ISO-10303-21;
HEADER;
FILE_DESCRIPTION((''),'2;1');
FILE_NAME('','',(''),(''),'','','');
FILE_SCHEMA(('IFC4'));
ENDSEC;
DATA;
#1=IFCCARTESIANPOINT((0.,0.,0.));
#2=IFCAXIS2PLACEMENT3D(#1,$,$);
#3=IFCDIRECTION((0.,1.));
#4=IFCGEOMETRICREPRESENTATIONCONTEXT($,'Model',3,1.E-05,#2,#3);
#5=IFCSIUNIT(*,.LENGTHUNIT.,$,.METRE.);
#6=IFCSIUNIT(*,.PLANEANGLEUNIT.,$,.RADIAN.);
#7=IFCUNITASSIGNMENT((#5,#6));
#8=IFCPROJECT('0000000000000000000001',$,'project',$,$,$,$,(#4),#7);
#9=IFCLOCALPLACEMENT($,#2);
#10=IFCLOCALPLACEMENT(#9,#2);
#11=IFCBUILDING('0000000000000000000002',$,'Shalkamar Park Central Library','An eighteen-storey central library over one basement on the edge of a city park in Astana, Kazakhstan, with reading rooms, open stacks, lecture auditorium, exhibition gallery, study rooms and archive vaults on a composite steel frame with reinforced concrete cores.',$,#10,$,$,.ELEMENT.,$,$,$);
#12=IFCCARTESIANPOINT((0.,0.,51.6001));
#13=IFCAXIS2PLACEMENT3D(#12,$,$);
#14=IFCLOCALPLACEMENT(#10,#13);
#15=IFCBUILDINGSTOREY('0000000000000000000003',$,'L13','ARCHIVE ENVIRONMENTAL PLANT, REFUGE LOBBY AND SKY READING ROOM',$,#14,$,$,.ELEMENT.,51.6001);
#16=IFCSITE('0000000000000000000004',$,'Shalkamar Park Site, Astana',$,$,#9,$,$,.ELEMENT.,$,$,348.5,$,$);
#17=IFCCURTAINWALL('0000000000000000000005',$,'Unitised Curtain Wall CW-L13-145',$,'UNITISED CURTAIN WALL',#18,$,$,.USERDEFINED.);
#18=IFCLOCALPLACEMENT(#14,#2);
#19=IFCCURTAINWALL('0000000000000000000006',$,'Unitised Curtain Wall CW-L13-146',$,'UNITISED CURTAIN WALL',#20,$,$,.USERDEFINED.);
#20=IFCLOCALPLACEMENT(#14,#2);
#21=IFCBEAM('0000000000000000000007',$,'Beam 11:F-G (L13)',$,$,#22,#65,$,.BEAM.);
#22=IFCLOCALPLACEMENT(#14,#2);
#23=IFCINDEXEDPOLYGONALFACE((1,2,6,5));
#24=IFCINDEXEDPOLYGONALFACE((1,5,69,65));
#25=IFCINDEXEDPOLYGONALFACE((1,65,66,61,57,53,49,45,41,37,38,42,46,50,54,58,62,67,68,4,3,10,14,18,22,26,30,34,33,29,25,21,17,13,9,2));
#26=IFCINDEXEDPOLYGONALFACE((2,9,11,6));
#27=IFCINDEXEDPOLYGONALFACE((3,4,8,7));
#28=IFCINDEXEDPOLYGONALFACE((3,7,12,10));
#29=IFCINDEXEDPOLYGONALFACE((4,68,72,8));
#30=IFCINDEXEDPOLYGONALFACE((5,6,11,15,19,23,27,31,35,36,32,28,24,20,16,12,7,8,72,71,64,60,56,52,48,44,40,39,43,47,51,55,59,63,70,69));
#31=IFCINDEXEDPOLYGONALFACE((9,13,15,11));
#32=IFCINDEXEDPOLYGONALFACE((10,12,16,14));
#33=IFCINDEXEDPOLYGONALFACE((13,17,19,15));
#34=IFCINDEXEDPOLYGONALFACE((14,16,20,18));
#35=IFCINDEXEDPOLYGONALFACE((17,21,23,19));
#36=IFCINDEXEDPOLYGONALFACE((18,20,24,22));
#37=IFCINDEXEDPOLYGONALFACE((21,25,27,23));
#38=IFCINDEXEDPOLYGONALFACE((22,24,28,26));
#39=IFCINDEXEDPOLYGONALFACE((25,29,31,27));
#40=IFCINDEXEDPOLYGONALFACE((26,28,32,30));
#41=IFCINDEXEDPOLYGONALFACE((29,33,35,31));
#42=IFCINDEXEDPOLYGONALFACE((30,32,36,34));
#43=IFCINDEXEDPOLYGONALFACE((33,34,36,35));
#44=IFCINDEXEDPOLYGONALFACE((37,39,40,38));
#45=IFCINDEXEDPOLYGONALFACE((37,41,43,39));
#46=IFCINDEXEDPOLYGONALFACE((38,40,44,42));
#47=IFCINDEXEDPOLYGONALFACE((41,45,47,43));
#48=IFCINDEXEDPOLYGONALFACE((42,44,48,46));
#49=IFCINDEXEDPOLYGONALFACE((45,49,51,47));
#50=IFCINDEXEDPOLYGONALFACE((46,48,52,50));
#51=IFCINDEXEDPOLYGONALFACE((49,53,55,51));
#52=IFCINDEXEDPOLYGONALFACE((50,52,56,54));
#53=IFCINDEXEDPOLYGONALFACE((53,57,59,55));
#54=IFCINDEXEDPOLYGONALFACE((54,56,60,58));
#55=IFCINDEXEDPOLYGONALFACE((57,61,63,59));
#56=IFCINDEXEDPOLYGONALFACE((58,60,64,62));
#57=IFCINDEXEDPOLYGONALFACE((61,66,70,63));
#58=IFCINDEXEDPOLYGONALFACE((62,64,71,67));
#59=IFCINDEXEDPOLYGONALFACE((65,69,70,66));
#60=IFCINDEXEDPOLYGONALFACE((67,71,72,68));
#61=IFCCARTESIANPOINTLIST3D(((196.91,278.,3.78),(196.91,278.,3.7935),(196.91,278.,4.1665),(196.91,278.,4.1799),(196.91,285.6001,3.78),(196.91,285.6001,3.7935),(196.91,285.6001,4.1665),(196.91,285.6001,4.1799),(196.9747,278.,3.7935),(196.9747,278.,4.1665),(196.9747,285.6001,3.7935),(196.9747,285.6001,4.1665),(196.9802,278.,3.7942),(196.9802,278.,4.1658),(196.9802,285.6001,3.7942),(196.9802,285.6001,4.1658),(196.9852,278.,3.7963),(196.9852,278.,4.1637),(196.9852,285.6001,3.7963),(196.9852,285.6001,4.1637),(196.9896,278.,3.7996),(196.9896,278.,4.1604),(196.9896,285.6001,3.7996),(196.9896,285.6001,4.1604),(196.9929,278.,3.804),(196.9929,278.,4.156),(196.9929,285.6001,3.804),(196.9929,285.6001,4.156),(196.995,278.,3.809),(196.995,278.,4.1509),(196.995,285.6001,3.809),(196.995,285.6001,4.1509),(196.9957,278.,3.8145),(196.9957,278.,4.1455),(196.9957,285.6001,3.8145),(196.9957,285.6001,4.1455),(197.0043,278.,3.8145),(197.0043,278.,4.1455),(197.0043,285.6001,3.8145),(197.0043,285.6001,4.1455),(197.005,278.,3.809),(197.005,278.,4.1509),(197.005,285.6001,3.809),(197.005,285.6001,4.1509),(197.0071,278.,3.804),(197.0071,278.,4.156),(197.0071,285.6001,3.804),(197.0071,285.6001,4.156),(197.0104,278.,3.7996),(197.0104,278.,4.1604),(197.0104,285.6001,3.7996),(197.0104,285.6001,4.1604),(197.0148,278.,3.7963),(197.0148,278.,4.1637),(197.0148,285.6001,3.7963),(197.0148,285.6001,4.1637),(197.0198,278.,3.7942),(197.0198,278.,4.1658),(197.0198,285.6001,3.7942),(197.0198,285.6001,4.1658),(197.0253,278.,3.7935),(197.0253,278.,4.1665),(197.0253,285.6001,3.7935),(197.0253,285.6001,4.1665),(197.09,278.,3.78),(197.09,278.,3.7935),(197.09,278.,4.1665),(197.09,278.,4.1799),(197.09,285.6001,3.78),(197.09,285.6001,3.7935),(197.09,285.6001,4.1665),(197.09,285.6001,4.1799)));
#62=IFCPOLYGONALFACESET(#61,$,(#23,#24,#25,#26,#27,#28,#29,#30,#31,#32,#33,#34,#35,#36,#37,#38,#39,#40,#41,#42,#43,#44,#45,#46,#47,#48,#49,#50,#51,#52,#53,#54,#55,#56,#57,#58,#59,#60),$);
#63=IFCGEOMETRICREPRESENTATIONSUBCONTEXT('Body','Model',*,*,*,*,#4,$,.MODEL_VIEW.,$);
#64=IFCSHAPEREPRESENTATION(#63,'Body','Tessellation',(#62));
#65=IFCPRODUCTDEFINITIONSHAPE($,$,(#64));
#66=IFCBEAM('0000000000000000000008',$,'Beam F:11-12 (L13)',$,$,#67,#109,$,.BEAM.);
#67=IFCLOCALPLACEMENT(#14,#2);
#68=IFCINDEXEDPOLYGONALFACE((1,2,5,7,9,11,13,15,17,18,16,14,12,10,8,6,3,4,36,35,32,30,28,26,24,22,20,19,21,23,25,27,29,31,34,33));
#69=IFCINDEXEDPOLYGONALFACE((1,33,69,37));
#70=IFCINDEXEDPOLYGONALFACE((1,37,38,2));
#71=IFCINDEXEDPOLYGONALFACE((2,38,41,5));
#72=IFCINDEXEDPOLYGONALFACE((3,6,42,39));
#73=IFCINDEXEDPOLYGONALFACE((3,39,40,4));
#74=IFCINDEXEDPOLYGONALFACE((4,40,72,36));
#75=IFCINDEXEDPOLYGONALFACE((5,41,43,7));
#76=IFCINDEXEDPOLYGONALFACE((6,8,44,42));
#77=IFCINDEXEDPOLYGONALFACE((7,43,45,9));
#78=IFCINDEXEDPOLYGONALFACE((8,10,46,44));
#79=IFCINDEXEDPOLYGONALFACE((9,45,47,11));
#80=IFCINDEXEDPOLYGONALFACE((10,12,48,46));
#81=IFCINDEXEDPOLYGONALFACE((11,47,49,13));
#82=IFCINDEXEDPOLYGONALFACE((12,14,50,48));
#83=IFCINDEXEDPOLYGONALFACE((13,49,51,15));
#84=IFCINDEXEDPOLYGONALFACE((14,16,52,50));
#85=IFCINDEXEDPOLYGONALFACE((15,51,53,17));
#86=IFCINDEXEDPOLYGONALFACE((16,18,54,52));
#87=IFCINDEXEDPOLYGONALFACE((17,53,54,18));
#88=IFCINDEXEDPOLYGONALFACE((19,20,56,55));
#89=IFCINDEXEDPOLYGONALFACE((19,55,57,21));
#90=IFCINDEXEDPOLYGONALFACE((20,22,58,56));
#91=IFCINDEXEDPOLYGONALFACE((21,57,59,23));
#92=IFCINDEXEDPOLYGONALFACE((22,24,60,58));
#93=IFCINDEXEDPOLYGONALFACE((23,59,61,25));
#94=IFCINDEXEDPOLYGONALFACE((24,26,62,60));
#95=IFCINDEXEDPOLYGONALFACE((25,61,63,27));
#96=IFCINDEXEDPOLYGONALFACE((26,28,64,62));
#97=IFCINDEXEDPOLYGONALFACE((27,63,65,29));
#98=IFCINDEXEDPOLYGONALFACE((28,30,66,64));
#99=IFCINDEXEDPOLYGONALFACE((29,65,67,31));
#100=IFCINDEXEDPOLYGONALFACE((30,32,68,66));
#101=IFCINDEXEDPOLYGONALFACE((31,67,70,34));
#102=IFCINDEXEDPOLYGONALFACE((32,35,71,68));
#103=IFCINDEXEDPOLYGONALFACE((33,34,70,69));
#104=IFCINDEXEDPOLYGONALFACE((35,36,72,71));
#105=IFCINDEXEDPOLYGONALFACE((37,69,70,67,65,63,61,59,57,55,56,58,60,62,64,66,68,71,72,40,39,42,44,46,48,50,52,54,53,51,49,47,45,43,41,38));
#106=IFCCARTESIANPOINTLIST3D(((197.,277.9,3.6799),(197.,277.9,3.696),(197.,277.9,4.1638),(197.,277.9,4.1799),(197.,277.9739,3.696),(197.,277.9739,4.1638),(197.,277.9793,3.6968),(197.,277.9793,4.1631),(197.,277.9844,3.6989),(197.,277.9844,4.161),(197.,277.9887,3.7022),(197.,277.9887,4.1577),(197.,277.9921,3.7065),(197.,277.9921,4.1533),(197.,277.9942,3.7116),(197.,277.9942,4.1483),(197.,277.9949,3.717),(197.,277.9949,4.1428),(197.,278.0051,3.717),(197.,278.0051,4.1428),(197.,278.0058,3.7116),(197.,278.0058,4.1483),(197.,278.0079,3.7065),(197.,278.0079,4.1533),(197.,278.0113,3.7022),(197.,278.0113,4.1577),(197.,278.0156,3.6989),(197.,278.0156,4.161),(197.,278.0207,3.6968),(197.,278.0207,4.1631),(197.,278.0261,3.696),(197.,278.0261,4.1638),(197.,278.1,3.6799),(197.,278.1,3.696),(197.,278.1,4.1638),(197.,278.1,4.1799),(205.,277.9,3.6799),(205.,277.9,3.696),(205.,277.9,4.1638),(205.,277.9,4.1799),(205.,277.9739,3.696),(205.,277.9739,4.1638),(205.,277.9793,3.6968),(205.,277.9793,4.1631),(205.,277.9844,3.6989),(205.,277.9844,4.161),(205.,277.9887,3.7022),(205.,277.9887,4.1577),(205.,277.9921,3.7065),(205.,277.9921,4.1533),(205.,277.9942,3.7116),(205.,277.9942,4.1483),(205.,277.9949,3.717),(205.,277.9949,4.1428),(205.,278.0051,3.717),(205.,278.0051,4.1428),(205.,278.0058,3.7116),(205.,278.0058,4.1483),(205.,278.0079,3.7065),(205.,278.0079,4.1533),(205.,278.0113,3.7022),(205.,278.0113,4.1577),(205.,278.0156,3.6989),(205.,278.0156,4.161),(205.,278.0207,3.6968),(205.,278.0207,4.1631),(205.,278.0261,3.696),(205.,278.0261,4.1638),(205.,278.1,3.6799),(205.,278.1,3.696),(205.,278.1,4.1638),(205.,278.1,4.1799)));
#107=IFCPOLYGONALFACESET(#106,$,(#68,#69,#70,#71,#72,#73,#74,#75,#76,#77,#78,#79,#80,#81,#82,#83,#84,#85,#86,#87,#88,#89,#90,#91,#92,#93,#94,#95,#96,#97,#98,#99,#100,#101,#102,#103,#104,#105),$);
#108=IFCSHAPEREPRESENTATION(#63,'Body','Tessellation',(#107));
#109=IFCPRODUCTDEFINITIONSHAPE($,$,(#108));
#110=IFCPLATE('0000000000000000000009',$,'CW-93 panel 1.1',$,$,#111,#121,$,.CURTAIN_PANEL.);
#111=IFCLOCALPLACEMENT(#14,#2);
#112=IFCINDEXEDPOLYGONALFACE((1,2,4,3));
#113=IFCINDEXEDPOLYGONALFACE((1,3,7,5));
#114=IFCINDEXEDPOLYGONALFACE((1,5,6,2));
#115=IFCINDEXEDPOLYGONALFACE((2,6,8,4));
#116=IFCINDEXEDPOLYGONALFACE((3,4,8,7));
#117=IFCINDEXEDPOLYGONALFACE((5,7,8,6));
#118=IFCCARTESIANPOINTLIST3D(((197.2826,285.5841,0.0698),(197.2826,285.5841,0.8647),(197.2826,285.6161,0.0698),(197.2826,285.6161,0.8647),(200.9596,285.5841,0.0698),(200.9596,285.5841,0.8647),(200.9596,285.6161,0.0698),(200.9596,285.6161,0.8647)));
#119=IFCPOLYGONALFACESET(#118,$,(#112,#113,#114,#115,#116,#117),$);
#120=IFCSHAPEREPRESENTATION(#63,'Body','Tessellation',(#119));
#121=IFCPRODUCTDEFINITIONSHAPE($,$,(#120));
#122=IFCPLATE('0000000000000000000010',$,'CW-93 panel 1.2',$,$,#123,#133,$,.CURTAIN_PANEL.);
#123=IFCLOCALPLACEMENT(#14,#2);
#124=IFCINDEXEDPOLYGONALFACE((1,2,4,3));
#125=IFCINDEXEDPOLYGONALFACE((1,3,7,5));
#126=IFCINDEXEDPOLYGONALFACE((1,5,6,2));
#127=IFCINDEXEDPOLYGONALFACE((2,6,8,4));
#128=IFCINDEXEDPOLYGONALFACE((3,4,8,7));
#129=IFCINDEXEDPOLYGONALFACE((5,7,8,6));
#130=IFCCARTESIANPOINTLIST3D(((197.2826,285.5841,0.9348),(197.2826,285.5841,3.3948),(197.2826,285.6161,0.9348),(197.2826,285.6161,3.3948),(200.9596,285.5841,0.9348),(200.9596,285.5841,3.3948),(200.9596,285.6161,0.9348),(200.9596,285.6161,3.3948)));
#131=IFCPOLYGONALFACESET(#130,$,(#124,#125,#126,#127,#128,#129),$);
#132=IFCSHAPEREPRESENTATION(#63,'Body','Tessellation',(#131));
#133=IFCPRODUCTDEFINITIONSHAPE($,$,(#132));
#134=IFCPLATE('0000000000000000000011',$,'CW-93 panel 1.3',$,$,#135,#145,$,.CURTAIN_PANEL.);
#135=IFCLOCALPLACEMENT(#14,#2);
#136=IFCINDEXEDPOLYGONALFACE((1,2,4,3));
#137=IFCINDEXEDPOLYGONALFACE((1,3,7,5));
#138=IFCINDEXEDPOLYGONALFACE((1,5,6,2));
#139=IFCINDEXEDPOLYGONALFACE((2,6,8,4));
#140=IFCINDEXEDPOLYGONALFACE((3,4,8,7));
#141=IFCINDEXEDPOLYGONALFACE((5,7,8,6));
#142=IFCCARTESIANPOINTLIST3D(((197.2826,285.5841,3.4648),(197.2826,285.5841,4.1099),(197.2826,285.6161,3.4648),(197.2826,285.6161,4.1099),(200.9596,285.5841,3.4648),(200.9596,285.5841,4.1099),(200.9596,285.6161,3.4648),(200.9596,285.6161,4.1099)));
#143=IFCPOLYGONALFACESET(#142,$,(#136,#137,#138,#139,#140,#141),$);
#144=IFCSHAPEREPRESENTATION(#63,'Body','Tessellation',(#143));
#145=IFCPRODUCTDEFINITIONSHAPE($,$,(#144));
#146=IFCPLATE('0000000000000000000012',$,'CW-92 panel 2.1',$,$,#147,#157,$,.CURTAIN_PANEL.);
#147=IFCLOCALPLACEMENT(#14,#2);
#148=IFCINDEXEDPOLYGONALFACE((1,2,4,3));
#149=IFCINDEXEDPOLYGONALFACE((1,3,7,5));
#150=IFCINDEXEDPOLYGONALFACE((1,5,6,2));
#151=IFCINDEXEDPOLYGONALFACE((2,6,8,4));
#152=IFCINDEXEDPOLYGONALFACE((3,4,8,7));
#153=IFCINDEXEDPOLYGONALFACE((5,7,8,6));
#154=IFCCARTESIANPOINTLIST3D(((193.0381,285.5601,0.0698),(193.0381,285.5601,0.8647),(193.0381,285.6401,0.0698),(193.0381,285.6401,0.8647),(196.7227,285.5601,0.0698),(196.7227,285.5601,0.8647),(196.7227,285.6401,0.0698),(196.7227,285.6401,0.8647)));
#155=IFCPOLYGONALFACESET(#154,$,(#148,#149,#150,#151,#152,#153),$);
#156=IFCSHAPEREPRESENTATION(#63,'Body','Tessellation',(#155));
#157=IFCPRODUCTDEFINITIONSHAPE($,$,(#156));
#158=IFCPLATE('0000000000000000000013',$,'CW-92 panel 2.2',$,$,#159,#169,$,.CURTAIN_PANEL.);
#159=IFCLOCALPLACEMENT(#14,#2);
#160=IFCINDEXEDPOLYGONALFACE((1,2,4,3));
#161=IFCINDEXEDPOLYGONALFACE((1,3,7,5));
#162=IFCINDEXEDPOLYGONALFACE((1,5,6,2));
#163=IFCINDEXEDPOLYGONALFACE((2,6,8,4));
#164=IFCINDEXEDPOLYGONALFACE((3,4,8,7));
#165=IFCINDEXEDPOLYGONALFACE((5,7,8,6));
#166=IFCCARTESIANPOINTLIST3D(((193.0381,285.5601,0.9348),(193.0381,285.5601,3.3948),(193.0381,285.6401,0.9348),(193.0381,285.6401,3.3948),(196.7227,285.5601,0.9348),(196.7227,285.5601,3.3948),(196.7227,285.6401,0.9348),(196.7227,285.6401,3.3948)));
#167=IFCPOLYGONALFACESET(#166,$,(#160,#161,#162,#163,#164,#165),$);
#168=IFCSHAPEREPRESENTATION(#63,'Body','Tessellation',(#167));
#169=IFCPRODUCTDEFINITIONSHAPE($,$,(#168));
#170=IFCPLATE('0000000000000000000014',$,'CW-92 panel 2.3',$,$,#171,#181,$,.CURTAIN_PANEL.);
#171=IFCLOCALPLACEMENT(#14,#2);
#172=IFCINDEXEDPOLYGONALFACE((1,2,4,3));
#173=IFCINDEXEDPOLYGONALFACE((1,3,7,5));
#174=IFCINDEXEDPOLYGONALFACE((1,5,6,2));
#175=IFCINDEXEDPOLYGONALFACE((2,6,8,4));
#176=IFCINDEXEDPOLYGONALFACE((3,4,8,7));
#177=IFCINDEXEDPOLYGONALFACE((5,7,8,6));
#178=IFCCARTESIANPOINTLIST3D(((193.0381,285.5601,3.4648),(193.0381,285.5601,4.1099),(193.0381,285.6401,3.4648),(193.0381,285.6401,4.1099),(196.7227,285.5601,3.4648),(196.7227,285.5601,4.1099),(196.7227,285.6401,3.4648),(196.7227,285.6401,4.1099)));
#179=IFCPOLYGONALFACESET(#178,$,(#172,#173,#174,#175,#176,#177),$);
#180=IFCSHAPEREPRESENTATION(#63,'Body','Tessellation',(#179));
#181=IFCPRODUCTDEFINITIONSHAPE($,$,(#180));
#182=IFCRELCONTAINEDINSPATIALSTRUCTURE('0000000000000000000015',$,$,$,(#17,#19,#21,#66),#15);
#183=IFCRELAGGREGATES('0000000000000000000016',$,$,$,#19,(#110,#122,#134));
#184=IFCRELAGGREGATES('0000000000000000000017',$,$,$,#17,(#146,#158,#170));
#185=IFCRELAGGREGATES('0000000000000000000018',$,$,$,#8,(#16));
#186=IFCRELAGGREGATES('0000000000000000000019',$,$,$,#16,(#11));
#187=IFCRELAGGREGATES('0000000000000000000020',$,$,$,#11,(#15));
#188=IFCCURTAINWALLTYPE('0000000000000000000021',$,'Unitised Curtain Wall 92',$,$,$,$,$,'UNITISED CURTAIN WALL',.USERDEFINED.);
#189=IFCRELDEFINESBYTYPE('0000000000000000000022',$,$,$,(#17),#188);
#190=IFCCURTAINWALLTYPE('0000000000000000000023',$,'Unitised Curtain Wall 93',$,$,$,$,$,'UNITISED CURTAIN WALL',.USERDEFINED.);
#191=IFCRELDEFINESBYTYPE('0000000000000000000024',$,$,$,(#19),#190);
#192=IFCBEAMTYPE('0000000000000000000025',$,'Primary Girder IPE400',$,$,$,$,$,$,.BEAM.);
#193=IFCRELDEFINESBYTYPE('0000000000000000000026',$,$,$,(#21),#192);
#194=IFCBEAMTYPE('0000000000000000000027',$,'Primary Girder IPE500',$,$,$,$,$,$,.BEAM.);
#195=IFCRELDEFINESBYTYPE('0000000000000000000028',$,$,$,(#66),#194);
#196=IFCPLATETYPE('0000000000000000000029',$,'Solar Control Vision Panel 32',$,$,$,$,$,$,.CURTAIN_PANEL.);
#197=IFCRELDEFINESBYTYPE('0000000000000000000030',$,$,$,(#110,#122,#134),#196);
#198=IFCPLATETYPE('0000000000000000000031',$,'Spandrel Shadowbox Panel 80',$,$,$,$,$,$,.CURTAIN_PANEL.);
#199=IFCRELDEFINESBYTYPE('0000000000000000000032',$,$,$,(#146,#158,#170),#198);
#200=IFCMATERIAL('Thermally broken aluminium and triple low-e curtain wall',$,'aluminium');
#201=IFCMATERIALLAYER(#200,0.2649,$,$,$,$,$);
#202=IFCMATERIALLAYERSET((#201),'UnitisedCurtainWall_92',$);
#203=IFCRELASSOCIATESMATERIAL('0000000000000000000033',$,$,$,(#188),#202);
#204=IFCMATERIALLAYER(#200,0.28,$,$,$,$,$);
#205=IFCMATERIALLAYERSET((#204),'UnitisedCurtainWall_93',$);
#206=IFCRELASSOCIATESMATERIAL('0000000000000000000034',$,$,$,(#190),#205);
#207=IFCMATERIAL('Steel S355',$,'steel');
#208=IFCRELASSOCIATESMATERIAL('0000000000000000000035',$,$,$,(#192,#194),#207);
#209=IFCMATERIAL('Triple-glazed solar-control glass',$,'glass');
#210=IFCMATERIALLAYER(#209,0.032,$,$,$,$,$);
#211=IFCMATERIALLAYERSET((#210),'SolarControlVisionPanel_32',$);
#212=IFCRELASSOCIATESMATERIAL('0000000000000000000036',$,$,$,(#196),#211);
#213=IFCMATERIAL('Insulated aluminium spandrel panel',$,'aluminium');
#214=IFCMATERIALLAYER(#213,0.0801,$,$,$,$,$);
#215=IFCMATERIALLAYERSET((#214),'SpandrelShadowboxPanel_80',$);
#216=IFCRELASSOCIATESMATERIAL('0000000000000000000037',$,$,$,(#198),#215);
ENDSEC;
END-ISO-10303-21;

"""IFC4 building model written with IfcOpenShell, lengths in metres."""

from ifc_helpers import new_model, si_unit, direction, frame, origin, origin_2d, place, context, subcontext, project, spatial, rectangle, i_section, extrude, material, layer, layer_set, material_profile, profile_set, type_object, element, aggregate, save


model = new_model("IFC4")

# Units and contexts
model_context = context("Model", 3, precision=1e-05, world=origin(), true_north=direction((0.0, 1.0)))
body_context = subcontext(model_context, "Body", "Model", "MODEL_VIEW")
ifc_project = project(units=[si_unit("LENGTHUNIT", "METRE"), si_unit("PLANEANGLEUNIT", "RADIAN")], contexts=[model_context])

# Site, building, storey
site_placement = place(None, origin())
site = spatial("IfcSite", under=ifc_project, at=site_placement, Name="Shalkamar Park Site, Astana", CompositionType="ELEMENT", RefElevation=348.5)
building_placement = place(site_placement, origin())
building = spatial("IfcBuilding", under=site, at=building_placement, Name="Shalkamar Park Central Library", Description="An eighteen-storey central library over one basement on the edge of a city park in Astana, Kazakhstan, with reading rooms, open stacks, lecture auditorium, exhibition gallery, study rooms and archive vaults on a composite steel frame with reinforced concrete cores.", CompositionType="ELEMENT")
storey_placement = place(building_placement, frame((0.0, 0.0, 51.6001)))
storey = spatial("IfcBuildingStorey", under=building, at=storey_placement, Name="L13", Description="ARCHIVE ENVIRONMENTAL PLANT, REFUGE LOBBY AND SKY READING ROOM", CompositionType="ELEMENT", Elevation=51.6001)

# Shared definitions
ifc_material_1 = material(Name="Steel S355", Category="steel")

# Curtain wall
ifc_material_2 = material(Name="Thermally broken aluminium and triple low-e curtain wall", Category="aluminium")
ifc_layer_1 = layer(ifc_material_2, 0.2649)
ifc_layer_set_1 = layer_set([ifc_layer_1], Name="UnitisedCurtainWall_92")
curtain_wall_type_1 = type_object("IfcCurtainWallType", Name="Unitised Curtain Wall 92", ElementType="UNITISED CURTAIN WALL", PredefinedType="USERDEFINED", material=ifc_layer_set_1)
curtain_wall_1_placement = place(storey_placement, origin())
curtain_wall_1 = element("IfcCurtainWall", 1, at=curtain_wall_1_placement, inside=storey, type_object=curtain_wall_type_1, Name="Unitised Curtain Wall CW-L13-145", ObjectType="UNITISED CURTAIN WALL", PredefinedType="USERDEFINED")

# Curtain wall
ifc_layer_2 = layer(ifc_material_2, 0.28)
ifc_layer_set_2 = layer_set([ifc_layer_2], Name="UnitisedCurtainWall_93")
curtain_wall_type_2 = type_object("IfcCurtainWallType", Name="Unitised Curtain Wall 93", ElementType="UNITISED CURTAIN WALL", PredefinedType="USERDEFINED", material=ifc_layer_set_2)
curtain_wall_2_placement = place(storey_placement, origin())
curtain_wall_2 = element("IfcCurtainWall", 2, at=curtain_wall_2_placement, inside=storey, type_object=curtain_wall_type_2, Name="Unitised Curtain Wall CW-L13-146", ObjectType="UNITISED CURTAIN WALL", PredefinedType="USERDEFINED")

# Beams
ifc_material_profile_1 = material_profile(ifc_material_1, i_section(OverallWidth=0.1799, OverallDepth=0.3999, WebThickness=0.0085, FlangeThickness=0.0134, FilletRadius=0.021, at=origin_2d()), Name="IPE 400")
ifc_profile_set_1 = profile_set([ifc_material_profile_1], Name="Steel S355")
beam_type_1 = type_object("IfcBeamType", Name="Primary Girder IPE400", PredefinedType="BEAM", material=ifc_profile_set_1)
beam_1_placement = place(storey_placement, frame((197.0, 278.0, 3.98), z_axis=(0.0, 1.0, 0.0), x_axis=(-1.0, 0.0, 0.0)))
element("IfcBeam", 3, at=beam_1_placement, inside=storey, type_object=beam_type_1, Name="Beam 11:F-G (L13)", PredefinedType="BEAM", context=body_context, shape_type="SweptSolid", body=[
    extrude(i_section(OverallWidth=0.1799, OverallDepth=0.3999, WebThickness=0.0085, FlangeThickness=0.0134, FilletRadius=0.021, at=origin_2d()), origin(), (0.0, 0.0, 1.0), 7.6001),
])
ifc_material_profile_2 = material_profile(ifc_material_1, i_section(OverallWidth=0.2, OverallDepth=0.5, WebThickness=0.0103, FlangeThickness=0.0161, FilletRadius=0.021, at=origin_2d()), Name="IPE 500")
ifc_profile_set_2 = profile_set([ifc_material_profile_2], Name="Steel S355")
beam_type_2 = type_object("IfcBeamType", Name="Primary Girder IPE500", PredefinedType="BEAM", material=ifc_profile_set_2)
beam_2_placement = place(storey_placement, frame((197.0, 278.0, 3.9299), z_axis=(1.0, 0.0, 0.0), x_axis=(0.0, 1.0, 0.0)))
element("IfcBeam", 4, at=beam_2_placement, inside=storey, type_object=beam_type_2, Name="Beam F:11-12 (L13)", PredefinedType="BEAM", context=body_context, shape_type="SweptSolid", body=[
    extrude(i_section(OverallWidth=0.2, OverallDepth=0.5, WebThickness=0.0103, FlangeThickness=0.0161, FilletRadius=0.021, at=origin_2d()), origin(), (0.0, 0.0, 1.0), 8.0),
])

# Plates
ifc_material_3 = material(Name="Triple-glazed solar-control glass", Category="glass")
ifc_layer_3 = layer(ifc_material_3, 0.032)
ifc_layer_set_3 = layer_set([ifc_layer_3], Name="SolarControlVisionPanel_32")
plate_type_1 = type_object("IfcPlateType", Name="Solar Control Vision Panel 32", PredefinedType="CURTAIN_PANEL", material=ifc_layer_set_3)
plate_1_placement = place(storey_placement, frame((199.1211, 285.6001, 0.0698), z_axis=(0.0, 0.0, 1.0), x_axis=(1.0, 0.0, 0.0)))
plate_1 = element("IfcPlate", 5, at=plate_1_placement, type_object=plate_type_1, Name="CW-93 panel 1.1", PredefinedType="CURTAIN_PANEL", context=body_context, shape_type="SweptSolid", body=[
    extrude(rectangle(XDim=3.677, YDim=0.032, at=origin_2d()), origin(), (0.0, 0.0, 1.0), 0.7949),
])
plate_2_placement = place(storey_placement, frame((199.1211, 285.6001, 0.9348), z_axis=(0.0, 0.0, 1.0), x_axis=(1.0, 0.0, 0.0)))
plate_2 = element("IfcPlate", 6, at=plate_2_placement, type_object=plate_type_1, Name="CW-93 panel 1.2", PredefinedType="CURTAIN_PANEL", context=body_context, shape_type="SweptSolid", body=[
    extrude(rectangle(XDim=3.677, YDim=0.032, at=origin_2d()), origin(), (0.0, 0.0, 1.0), 2.46),
])
plate_3_placement = place(storey_placement, frame((199.1211, 285.6001, 3.4648), z_axis=(0.0, 0.0, 1.0), x_axis=(1.0, 0.0, 0.0)))
plate_3 = element("IfcPlate", 7, at=plate_3_placement, type_object=plate_type_1, Name="CW-93 panel 1.3", PredefinedType="CURTAIN_PANEL", context=body_context, shape_type="SweptSolid", body=[
    extrude(rectangle(XDim=3.677, YDim=0.032, at=origin_2d()), origin(), (0.0, 0.0, 1.0), 0.645),
])
aggregate(curtain_wall_2, [plate_1, plate_2, plate_3])
ifc_material_4 = material(Name="Insulated aluminium spandrel panel", Category="aluminium")
ifc_layer_4 = layer(ifc_material_4, 0.0801)
ifc_layer_set_4 = layer_set([ifc_layer_4], Name="SpandrelShadowboxPanel_80")
plate_type_2 = type_object("IfcPlateType", Name="Spandrel Shadowbox Panel 80", PredefinedType="CURTAIN_PANEL", material=ifc_layer_set_4)
plate_4_placement = place(storey_placement, frame((194.8804, 285.6001, 0.0698), z_axis=(0.0, 0.0, 1.0), x_axis=(1.0, 0.0, 0.0)))
plate_4 = element("IfcPlate", 8, at=plate_4_placement, type_object=plate_type_2, Name="CW-92 panel 2.1", PredefinedType="CURTAIN_PANEL", context=body_context, shape_type="SweptSolid", body=[
    extrude(rectangle(XDim=3.6846, YDim=0.0801, at=origin_2d()), origin(), (0.0, 0.0, 1.0), 0.7949),
])
plate_5_placement = place(storey_placement, frame((194.8804, 285.6001, 0.9348), z_axis=(0.0, 0.0, 1.0), x_axis=(1.0, 0.0, 0.0)))
plate_5 = element("IfcPlate", 9, at=plate_5_placement, type_object=plate_type_2, Name="CW-92 panel 2.2", PredefinedType="CURTAIN_PANEL", context=body_context, shape_type="SweptSolid", body=[
    extrude(rectangle(XDim=3.6846, YDim=0.0801, at=origin_2d()), origin(), (0.0, 0.0, 1.0), 2.46),
])
plate_6_placement = place(storey_placement, frame((194.8804, 285.6001, 3.4648), z_axis=(0.0, 0.0, 1.0), x_axis=(1.0, 0.0, 0.0)))
plate_6 = element("IfcPlate", 10, at=plate_6_placement, type_object=plate_type_2, Name="CW-92 panel 2.3", PredefinedType="CURTAIN_PANEL", context=body_context, shape_type="SweptSolid", body=[
    extrude(rectangle(XDim=3.6846, YDim=0.0801, at=origin_2d()), origin(), (0.0, 0.0, 1.0), 0.645),
])
aggregate(curtain_wall_1, [plate_4, plate_5, plate_6])

save(model, "model.ifc")
